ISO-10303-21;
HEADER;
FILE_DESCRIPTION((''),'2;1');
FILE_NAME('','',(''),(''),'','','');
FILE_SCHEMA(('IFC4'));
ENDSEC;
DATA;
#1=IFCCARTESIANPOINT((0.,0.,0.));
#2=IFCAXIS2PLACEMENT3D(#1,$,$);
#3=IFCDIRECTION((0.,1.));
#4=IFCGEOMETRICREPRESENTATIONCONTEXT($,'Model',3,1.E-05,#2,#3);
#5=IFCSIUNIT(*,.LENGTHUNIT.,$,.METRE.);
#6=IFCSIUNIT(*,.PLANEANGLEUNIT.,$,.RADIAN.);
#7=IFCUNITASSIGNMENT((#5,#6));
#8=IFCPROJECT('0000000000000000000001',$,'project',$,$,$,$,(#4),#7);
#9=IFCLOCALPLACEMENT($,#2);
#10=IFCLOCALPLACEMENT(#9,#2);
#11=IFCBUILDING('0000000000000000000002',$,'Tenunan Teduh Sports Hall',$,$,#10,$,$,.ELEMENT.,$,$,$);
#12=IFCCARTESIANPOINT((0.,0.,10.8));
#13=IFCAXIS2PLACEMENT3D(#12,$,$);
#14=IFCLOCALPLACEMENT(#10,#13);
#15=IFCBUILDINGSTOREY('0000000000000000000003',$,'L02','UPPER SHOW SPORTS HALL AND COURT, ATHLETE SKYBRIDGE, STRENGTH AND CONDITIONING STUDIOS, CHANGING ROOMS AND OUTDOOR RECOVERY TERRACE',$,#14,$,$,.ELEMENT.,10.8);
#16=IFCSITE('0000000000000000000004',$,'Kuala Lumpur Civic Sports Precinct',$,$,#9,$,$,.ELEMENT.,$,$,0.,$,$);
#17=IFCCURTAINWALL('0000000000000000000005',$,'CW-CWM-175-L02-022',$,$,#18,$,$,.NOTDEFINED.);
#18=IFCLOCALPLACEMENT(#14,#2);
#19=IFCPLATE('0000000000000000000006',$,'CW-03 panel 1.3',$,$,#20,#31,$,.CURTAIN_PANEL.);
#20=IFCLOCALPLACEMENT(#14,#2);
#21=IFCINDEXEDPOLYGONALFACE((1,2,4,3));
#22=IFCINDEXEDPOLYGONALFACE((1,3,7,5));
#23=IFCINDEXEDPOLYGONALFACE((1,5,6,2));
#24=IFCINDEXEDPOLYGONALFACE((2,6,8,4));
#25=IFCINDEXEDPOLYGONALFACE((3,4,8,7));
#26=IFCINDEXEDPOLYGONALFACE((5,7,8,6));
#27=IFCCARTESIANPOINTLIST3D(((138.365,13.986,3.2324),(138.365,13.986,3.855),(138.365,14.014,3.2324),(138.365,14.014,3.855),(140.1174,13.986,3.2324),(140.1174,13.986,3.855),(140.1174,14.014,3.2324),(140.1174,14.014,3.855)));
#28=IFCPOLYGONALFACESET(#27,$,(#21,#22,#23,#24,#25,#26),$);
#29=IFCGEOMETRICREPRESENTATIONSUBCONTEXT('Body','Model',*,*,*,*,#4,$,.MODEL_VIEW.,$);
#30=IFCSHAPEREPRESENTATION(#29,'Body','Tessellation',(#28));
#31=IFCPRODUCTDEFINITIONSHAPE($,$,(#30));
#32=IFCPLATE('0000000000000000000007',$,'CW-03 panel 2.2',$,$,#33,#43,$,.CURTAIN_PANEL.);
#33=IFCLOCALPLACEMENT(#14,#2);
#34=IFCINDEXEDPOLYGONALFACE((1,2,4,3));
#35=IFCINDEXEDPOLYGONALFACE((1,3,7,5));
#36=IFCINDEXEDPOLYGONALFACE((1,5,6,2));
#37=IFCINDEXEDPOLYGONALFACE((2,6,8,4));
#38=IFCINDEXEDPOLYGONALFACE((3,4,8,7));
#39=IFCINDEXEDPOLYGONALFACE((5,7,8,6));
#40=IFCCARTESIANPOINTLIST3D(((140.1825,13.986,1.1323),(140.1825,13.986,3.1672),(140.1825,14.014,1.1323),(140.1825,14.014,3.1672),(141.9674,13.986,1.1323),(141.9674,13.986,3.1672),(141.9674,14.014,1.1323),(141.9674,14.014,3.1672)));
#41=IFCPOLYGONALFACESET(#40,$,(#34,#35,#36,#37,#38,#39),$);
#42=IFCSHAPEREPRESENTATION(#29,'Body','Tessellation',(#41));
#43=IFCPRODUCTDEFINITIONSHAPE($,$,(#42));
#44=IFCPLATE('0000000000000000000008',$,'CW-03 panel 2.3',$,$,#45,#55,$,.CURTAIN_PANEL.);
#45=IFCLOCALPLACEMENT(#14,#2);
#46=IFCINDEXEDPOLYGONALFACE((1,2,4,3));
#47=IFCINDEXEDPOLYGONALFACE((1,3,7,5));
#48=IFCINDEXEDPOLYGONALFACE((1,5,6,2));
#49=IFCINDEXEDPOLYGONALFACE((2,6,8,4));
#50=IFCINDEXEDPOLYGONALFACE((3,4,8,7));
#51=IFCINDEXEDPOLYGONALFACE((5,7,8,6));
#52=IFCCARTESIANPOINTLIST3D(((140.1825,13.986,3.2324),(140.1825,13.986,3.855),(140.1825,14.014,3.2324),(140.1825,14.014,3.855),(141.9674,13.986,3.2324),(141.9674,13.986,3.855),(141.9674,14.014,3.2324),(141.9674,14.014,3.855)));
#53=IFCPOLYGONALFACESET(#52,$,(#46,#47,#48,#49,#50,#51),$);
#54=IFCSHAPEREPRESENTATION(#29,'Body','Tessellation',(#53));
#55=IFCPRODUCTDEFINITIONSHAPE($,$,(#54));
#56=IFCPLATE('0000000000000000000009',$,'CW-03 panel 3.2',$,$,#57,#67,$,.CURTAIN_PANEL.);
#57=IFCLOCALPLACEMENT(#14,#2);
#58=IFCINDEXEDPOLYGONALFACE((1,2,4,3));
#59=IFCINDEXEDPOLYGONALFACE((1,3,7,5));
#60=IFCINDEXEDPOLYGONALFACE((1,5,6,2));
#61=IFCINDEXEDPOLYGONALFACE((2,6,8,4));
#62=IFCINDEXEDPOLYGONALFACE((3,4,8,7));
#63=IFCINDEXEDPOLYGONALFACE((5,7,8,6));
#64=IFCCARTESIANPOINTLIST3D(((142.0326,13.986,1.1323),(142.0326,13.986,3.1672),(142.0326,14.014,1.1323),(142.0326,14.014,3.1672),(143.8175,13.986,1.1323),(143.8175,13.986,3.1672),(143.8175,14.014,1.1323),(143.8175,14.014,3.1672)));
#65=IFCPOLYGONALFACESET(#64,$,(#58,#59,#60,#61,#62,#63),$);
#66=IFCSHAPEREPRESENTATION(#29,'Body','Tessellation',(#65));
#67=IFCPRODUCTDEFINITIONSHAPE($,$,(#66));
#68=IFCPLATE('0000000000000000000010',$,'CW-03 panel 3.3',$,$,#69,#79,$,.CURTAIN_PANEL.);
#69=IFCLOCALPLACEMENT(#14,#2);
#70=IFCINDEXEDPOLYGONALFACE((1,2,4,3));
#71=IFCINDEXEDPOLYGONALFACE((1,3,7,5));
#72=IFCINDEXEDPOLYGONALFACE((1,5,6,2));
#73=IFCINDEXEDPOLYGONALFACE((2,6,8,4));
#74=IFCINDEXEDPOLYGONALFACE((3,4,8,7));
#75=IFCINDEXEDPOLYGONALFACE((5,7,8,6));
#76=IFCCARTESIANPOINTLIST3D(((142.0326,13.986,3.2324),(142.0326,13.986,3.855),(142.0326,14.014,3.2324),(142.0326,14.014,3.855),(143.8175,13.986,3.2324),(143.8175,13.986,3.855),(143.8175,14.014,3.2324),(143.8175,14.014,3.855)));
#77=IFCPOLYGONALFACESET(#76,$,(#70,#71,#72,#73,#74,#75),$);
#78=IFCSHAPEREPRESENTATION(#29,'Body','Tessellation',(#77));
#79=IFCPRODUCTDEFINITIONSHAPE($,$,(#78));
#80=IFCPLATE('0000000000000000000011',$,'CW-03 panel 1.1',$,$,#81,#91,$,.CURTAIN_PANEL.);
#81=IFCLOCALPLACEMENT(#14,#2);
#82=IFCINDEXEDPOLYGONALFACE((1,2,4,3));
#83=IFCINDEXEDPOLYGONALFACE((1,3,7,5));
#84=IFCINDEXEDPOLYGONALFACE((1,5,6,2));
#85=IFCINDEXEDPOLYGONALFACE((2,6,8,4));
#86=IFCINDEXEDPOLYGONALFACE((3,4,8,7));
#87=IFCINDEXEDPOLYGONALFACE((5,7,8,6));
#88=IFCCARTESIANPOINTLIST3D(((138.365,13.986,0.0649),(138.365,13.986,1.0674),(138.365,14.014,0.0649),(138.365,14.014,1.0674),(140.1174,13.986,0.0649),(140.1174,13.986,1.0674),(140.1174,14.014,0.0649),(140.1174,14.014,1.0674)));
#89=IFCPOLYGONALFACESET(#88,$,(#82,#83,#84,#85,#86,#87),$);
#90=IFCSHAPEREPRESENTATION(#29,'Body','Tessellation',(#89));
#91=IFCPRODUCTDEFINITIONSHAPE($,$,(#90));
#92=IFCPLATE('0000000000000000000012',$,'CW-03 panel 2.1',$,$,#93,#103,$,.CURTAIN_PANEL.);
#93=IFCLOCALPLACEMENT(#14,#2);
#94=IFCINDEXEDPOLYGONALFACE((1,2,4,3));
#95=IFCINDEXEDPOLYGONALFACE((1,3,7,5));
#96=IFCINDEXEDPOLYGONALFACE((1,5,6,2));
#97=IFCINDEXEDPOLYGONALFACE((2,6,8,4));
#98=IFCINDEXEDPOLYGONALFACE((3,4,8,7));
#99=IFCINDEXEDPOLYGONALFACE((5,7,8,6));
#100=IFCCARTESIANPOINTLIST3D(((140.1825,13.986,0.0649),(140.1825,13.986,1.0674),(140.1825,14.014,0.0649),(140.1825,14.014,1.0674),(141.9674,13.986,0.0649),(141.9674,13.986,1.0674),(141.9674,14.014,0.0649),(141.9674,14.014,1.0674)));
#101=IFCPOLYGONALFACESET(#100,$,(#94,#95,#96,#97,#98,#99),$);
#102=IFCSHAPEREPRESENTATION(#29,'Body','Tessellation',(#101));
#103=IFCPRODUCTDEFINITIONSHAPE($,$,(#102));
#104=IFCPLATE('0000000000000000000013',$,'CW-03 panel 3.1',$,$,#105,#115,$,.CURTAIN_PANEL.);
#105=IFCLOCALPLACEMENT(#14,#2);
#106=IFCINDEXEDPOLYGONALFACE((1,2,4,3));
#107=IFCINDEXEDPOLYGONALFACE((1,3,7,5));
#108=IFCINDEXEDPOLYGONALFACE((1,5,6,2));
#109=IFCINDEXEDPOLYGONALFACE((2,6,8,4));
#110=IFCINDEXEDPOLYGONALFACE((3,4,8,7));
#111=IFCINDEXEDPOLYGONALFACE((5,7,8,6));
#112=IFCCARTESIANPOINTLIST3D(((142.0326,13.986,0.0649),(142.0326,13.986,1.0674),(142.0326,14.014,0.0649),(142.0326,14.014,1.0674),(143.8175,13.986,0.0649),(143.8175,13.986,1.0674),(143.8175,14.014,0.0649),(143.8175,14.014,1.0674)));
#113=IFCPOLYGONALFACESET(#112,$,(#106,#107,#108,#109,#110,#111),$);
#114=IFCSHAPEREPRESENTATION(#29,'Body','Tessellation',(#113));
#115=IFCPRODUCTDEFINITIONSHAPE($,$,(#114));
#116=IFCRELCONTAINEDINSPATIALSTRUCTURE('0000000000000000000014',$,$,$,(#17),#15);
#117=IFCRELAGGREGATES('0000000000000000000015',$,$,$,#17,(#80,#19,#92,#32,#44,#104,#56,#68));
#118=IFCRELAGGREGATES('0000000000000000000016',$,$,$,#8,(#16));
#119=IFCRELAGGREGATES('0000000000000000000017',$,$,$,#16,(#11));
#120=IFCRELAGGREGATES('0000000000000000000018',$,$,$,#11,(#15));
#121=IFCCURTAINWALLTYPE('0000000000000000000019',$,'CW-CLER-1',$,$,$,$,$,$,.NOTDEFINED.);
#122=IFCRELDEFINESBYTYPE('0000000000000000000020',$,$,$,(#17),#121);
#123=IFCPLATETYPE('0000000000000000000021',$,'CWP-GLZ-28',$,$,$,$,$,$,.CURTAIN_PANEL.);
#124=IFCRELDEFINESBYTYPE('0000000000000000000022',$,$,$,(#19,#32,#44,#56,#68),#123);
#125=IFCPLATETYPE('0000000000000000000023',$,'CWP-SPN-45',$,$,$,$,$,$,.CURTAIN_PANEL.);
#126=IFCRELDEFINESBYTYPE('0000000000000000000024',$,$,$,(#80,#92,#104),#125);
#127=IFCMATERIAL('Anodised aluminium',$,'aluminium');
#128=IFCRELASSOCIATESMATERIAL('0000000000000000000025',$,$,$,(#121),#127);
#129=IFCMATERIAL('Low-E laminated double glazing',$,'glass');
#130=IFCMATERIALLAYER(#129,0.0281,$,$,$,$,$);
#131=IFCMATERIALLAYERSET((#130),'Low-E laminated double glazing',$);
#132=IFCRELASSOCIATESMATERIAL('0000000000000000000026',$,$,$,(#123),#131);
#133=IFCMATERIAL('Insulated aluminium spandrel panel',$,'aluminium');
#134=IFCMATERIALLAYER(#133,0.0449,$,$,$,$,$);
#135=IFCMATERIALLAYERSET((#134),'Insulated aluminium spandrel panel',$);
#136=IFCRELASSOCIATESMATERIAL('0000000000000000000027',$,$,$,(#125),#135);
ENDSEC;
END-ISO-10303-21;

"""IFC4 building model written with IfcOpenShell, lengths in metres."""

from ifc_helpers import new_model, si_unit, direction, frame, origin, origin_2d, place, context, subcontext, project, spatial, rectangle, extrude, material, layer, layer_set, type_object, element, aggregate, save


model = new_model("IFC4")

# Units and contexts
model_context = context("Model", 3, precision=1e-05, world=origin(), true_north=direction((0.0, 1.0)))
body_context = subcontext(model_context, "Body", "Model", "MODEL_VIEW")
ifc_project = project(units=[si_unit("LENGTHUNIT", "METRE"), si_unit("PLANEANGLEUNIT", "RADIAN")], contexts=[model_context])

# Site, building, storey
site_placement = place(None, origin())
site = spatial("IfcSite", under=ifc_project, at=site_placement, Name="Kuala Lumpur Civic Sports Precinct", CompositionType="ELEMENT", RefElevation=0.0)
building_placement = place(site_placement, origin())
building = spatial("IfcBuilding", under=site, at=building_placement, Name="Tenunan Teduh Sports Hall", CompositionType="ELEMENT")
storey_placement = place(building_placement, frame((0.0, 0.0, 10.8)))
storey = spatial("IfcBuildingStorey", under=building, at=storey_placement, Name="L02", Description="UPPER SHOW SPORTS HALL AND COURT, ATHLETE SKYBRIDGE, STRENGTH AND CONDITIONING STUDIOS, CHANGING ROOMS AND OUTDOOR RECOVERY TERRACE", CompositionType="ELEMENT", Elevation=10.8)

# Curtain wall, plates
ifc_material_1 = material(Name="Anodised aluminium", Category="aluminium")
curtain_wall_type = type_object("IfcCurtainWallType", Name="CW-CLER-1", PredefinedType="NOTDEFINED", material=ifc_material_1)
curtain_wall_placement = place(storey_placement, origin())
curtain_wall = element("IfcCurtainWall", 1, at=curtain_wall_placement, inside=storey, type_object=curtain_wall_type, Name="CW-CWM-175-L02-022", PredefinedType="NOTDEFINED")
ifc_material_2 = material(Name="Low-E laminated double glazing", Category="glass")
ifc_layer_1 = layer(ifc_material_2, 0.0281)
ifc_layer_set_1 = layer_set([ifc_layer_1], Name="Low-E laminated double glazing")
plate_type_1 = type_object("IfcPlateType", Name="CWP-GLZ-28", PredefinedType="CURTAIN_PANEL", material=ifc_layer_set_1)
plate_1_placement = place(storey_placement, frame((139.2412, 14.0, 3.2324), z_axis=(0.0, 0.0, 1.0), x_axis=(1.0, 0.0, 0.0)))
plate_1 = element("IfcPlate", 2, at=plate_1_placement, type_object=plate_type_1, Name="CW-03 panel 1.3", PredefinedType="CURTAIN_PANEL", context=body_context, shape_type="SweptSolid", body=[
    extrude(rectangle(XDim=1.7524, YDim=0.0281, at=origin_2d()), origin(), (0.0, 0.0, 1.0), 0.6226),
])
plate_2_placement = place(storey_placement, frame((141.075, 14.0, 1.1323), z_axis=(0.0, 0.0, 1.0), x_axis=(1.0, 0.0, 0.0)))
plate_2 = element("IfcPlate", 3, at=plate_2_placement, type_object=plate_type_1, Name="CW-03 panel 2.2", PredefinedType="CURTAIN_PANEL", context=body_context, shape_type="SweptSolid", body=[
    extrude(rectangle(XDim=1.7849, YDim=0.0281, at=origin_2d()), origin(), (0.0, 0.0, 1.0), 2.0349),
])
plate_3_placement = place(storey_placement, frame((141.075, 14.0, 3.2324), z_axis=(0.0, 0.0, 1.0), x_axis=(1.0, 0.0, 0.0)))
plate_3 = element("IfcPlate", 4, at=plate_3_placement, type_object=plate_type_1, Name="CW-03 panel 2.3", PredefinedType="CURTAIN_PANEL", context=body_context, shape_type="SweptSolid", body=[
    extrude(rectangle(XDim=1.7849, YDim=0.0281, at=origin_2d()), origin(), (0.0, 0.0, 1.0), 0.6226),
])
plate_4_placement = place(storey_placement, frame((142.925, 14.0, 1.1323), z_axis=(0.0, 0.0, 1.0), x_axis=(1.0, 0.0, 0.0)))
plate_4 = element("IfcPlate", 5, at=plate_4_placement, type_object=plate_type_1, Name="CW-03 panel 3.2", PredefinedType="CURTAIN_PANEL", context=body_context, shape_type="SweptSolid", body=[
    extrude(rectangle(XDim=1.7849, YDim=0.0281, at=origin_2d()), origin(), (0.0, 0.0, 1.0), 2.0349),
])
plate_5_placement = place(storey_placement, frame((142.925, 14.0, 3.2324), z_axis=(0.0, 0.0, 1.0), x_axis=(1.0, 0.0, 0.0)))
plate_5 = element("IfcPlate", 6, at=plate_5_placement, type_object=plate_type_1, Name="CW-03 panel 3.3", PredefinedType="CURTAIN_PANEL", context=body_context, shape_type="SweptSolid", body=[
    extrude(rectangle(XDim=1.7849, YDim=0.0281, at=origin_2d()), origin(), (0.0, 0.0, 1.0), 0.6226),
])
ifc_material_3 = material(Name="Insulated aluminium spandrel panel", Category="aluminium")
ifc_layer_2 = layer(ifc_material_3, 0.0449)
ifc_layer_set_2 = layer_set([ifc_layer_2], Name="Insulated aluminium spandrel panel")
plate_type_2 = type_object("IfcPlateType", Name="CWP-SPN-45", PredefinedType="CURTAIN_PANEL", material=ifc_layer_set_2)
plate_6_placement = place(storey_placement, frame((139.2412, 14.0, 0.0649), z_axis=(0.0, 0.0, 1.0), x_axis=(1.0, 0.0, 0.0)))
plate_6 = element("IfcPlate", 7, at=plate_6_placement, type_object=plate_type_2, Name="CW-03 panel 1.1", PredefinedType="CURTAIN_PANEL", context=body_context, shape_type="SweptSolid", body=[
    extrude(rectangle(XDim=1.7524, YDim=0.0281, at=origin_2d()), origin(), (0.0, 0.0, 1.0), 1.0024),
])
plate_7_placement = place(storey_placement, frame((141.075, 14.0, 0.0649), z_axis=(0.0, 0.0, 1.0), x_axis=(1.0, 0.0, 0.0)))
plate_7 = element("IfcPlate", 8, at=plate_7_placement, type_object=plate_type_2, Name="CW-03 panel 2.1", PredefinedType="CURTAIN_PANEL", context=body_context, shape_type="SweptSolid", body=[
    extrude(rectangle(XDim=1.7849, YDim=0.0281, at=origin_2d()), origin(), (0.0, 0.0, 1.0), 1.0024),
])
plate_8_placement = place(storey_placement, frame((142.925, 14.0, 0.0649), z_axis=(0.0, 0.0, 1.0), x_axis=(1.0, 0.0, 0.0)))
plate_8 = element("IfcPlate", 9, at=plate_8_placement, type_object=plate_type_2, Name="CW-03 panel 3.1", PredefinedType="CURTAIN_PANEL", context=body_context, shape_type="SweptSolid", body=[
    extrude(rectangle(XDim=1.7849, YDim=0.0281, at=origin_2d()), origin(), (0.0, 0.0, 1.0), 1.0024),
])
aggregate(curtain_wall, [plate_6, plate_1, plate_7, plate_2, plate_3, plate_8, plate_4, plate_5])

save(model, "model.ifc")
